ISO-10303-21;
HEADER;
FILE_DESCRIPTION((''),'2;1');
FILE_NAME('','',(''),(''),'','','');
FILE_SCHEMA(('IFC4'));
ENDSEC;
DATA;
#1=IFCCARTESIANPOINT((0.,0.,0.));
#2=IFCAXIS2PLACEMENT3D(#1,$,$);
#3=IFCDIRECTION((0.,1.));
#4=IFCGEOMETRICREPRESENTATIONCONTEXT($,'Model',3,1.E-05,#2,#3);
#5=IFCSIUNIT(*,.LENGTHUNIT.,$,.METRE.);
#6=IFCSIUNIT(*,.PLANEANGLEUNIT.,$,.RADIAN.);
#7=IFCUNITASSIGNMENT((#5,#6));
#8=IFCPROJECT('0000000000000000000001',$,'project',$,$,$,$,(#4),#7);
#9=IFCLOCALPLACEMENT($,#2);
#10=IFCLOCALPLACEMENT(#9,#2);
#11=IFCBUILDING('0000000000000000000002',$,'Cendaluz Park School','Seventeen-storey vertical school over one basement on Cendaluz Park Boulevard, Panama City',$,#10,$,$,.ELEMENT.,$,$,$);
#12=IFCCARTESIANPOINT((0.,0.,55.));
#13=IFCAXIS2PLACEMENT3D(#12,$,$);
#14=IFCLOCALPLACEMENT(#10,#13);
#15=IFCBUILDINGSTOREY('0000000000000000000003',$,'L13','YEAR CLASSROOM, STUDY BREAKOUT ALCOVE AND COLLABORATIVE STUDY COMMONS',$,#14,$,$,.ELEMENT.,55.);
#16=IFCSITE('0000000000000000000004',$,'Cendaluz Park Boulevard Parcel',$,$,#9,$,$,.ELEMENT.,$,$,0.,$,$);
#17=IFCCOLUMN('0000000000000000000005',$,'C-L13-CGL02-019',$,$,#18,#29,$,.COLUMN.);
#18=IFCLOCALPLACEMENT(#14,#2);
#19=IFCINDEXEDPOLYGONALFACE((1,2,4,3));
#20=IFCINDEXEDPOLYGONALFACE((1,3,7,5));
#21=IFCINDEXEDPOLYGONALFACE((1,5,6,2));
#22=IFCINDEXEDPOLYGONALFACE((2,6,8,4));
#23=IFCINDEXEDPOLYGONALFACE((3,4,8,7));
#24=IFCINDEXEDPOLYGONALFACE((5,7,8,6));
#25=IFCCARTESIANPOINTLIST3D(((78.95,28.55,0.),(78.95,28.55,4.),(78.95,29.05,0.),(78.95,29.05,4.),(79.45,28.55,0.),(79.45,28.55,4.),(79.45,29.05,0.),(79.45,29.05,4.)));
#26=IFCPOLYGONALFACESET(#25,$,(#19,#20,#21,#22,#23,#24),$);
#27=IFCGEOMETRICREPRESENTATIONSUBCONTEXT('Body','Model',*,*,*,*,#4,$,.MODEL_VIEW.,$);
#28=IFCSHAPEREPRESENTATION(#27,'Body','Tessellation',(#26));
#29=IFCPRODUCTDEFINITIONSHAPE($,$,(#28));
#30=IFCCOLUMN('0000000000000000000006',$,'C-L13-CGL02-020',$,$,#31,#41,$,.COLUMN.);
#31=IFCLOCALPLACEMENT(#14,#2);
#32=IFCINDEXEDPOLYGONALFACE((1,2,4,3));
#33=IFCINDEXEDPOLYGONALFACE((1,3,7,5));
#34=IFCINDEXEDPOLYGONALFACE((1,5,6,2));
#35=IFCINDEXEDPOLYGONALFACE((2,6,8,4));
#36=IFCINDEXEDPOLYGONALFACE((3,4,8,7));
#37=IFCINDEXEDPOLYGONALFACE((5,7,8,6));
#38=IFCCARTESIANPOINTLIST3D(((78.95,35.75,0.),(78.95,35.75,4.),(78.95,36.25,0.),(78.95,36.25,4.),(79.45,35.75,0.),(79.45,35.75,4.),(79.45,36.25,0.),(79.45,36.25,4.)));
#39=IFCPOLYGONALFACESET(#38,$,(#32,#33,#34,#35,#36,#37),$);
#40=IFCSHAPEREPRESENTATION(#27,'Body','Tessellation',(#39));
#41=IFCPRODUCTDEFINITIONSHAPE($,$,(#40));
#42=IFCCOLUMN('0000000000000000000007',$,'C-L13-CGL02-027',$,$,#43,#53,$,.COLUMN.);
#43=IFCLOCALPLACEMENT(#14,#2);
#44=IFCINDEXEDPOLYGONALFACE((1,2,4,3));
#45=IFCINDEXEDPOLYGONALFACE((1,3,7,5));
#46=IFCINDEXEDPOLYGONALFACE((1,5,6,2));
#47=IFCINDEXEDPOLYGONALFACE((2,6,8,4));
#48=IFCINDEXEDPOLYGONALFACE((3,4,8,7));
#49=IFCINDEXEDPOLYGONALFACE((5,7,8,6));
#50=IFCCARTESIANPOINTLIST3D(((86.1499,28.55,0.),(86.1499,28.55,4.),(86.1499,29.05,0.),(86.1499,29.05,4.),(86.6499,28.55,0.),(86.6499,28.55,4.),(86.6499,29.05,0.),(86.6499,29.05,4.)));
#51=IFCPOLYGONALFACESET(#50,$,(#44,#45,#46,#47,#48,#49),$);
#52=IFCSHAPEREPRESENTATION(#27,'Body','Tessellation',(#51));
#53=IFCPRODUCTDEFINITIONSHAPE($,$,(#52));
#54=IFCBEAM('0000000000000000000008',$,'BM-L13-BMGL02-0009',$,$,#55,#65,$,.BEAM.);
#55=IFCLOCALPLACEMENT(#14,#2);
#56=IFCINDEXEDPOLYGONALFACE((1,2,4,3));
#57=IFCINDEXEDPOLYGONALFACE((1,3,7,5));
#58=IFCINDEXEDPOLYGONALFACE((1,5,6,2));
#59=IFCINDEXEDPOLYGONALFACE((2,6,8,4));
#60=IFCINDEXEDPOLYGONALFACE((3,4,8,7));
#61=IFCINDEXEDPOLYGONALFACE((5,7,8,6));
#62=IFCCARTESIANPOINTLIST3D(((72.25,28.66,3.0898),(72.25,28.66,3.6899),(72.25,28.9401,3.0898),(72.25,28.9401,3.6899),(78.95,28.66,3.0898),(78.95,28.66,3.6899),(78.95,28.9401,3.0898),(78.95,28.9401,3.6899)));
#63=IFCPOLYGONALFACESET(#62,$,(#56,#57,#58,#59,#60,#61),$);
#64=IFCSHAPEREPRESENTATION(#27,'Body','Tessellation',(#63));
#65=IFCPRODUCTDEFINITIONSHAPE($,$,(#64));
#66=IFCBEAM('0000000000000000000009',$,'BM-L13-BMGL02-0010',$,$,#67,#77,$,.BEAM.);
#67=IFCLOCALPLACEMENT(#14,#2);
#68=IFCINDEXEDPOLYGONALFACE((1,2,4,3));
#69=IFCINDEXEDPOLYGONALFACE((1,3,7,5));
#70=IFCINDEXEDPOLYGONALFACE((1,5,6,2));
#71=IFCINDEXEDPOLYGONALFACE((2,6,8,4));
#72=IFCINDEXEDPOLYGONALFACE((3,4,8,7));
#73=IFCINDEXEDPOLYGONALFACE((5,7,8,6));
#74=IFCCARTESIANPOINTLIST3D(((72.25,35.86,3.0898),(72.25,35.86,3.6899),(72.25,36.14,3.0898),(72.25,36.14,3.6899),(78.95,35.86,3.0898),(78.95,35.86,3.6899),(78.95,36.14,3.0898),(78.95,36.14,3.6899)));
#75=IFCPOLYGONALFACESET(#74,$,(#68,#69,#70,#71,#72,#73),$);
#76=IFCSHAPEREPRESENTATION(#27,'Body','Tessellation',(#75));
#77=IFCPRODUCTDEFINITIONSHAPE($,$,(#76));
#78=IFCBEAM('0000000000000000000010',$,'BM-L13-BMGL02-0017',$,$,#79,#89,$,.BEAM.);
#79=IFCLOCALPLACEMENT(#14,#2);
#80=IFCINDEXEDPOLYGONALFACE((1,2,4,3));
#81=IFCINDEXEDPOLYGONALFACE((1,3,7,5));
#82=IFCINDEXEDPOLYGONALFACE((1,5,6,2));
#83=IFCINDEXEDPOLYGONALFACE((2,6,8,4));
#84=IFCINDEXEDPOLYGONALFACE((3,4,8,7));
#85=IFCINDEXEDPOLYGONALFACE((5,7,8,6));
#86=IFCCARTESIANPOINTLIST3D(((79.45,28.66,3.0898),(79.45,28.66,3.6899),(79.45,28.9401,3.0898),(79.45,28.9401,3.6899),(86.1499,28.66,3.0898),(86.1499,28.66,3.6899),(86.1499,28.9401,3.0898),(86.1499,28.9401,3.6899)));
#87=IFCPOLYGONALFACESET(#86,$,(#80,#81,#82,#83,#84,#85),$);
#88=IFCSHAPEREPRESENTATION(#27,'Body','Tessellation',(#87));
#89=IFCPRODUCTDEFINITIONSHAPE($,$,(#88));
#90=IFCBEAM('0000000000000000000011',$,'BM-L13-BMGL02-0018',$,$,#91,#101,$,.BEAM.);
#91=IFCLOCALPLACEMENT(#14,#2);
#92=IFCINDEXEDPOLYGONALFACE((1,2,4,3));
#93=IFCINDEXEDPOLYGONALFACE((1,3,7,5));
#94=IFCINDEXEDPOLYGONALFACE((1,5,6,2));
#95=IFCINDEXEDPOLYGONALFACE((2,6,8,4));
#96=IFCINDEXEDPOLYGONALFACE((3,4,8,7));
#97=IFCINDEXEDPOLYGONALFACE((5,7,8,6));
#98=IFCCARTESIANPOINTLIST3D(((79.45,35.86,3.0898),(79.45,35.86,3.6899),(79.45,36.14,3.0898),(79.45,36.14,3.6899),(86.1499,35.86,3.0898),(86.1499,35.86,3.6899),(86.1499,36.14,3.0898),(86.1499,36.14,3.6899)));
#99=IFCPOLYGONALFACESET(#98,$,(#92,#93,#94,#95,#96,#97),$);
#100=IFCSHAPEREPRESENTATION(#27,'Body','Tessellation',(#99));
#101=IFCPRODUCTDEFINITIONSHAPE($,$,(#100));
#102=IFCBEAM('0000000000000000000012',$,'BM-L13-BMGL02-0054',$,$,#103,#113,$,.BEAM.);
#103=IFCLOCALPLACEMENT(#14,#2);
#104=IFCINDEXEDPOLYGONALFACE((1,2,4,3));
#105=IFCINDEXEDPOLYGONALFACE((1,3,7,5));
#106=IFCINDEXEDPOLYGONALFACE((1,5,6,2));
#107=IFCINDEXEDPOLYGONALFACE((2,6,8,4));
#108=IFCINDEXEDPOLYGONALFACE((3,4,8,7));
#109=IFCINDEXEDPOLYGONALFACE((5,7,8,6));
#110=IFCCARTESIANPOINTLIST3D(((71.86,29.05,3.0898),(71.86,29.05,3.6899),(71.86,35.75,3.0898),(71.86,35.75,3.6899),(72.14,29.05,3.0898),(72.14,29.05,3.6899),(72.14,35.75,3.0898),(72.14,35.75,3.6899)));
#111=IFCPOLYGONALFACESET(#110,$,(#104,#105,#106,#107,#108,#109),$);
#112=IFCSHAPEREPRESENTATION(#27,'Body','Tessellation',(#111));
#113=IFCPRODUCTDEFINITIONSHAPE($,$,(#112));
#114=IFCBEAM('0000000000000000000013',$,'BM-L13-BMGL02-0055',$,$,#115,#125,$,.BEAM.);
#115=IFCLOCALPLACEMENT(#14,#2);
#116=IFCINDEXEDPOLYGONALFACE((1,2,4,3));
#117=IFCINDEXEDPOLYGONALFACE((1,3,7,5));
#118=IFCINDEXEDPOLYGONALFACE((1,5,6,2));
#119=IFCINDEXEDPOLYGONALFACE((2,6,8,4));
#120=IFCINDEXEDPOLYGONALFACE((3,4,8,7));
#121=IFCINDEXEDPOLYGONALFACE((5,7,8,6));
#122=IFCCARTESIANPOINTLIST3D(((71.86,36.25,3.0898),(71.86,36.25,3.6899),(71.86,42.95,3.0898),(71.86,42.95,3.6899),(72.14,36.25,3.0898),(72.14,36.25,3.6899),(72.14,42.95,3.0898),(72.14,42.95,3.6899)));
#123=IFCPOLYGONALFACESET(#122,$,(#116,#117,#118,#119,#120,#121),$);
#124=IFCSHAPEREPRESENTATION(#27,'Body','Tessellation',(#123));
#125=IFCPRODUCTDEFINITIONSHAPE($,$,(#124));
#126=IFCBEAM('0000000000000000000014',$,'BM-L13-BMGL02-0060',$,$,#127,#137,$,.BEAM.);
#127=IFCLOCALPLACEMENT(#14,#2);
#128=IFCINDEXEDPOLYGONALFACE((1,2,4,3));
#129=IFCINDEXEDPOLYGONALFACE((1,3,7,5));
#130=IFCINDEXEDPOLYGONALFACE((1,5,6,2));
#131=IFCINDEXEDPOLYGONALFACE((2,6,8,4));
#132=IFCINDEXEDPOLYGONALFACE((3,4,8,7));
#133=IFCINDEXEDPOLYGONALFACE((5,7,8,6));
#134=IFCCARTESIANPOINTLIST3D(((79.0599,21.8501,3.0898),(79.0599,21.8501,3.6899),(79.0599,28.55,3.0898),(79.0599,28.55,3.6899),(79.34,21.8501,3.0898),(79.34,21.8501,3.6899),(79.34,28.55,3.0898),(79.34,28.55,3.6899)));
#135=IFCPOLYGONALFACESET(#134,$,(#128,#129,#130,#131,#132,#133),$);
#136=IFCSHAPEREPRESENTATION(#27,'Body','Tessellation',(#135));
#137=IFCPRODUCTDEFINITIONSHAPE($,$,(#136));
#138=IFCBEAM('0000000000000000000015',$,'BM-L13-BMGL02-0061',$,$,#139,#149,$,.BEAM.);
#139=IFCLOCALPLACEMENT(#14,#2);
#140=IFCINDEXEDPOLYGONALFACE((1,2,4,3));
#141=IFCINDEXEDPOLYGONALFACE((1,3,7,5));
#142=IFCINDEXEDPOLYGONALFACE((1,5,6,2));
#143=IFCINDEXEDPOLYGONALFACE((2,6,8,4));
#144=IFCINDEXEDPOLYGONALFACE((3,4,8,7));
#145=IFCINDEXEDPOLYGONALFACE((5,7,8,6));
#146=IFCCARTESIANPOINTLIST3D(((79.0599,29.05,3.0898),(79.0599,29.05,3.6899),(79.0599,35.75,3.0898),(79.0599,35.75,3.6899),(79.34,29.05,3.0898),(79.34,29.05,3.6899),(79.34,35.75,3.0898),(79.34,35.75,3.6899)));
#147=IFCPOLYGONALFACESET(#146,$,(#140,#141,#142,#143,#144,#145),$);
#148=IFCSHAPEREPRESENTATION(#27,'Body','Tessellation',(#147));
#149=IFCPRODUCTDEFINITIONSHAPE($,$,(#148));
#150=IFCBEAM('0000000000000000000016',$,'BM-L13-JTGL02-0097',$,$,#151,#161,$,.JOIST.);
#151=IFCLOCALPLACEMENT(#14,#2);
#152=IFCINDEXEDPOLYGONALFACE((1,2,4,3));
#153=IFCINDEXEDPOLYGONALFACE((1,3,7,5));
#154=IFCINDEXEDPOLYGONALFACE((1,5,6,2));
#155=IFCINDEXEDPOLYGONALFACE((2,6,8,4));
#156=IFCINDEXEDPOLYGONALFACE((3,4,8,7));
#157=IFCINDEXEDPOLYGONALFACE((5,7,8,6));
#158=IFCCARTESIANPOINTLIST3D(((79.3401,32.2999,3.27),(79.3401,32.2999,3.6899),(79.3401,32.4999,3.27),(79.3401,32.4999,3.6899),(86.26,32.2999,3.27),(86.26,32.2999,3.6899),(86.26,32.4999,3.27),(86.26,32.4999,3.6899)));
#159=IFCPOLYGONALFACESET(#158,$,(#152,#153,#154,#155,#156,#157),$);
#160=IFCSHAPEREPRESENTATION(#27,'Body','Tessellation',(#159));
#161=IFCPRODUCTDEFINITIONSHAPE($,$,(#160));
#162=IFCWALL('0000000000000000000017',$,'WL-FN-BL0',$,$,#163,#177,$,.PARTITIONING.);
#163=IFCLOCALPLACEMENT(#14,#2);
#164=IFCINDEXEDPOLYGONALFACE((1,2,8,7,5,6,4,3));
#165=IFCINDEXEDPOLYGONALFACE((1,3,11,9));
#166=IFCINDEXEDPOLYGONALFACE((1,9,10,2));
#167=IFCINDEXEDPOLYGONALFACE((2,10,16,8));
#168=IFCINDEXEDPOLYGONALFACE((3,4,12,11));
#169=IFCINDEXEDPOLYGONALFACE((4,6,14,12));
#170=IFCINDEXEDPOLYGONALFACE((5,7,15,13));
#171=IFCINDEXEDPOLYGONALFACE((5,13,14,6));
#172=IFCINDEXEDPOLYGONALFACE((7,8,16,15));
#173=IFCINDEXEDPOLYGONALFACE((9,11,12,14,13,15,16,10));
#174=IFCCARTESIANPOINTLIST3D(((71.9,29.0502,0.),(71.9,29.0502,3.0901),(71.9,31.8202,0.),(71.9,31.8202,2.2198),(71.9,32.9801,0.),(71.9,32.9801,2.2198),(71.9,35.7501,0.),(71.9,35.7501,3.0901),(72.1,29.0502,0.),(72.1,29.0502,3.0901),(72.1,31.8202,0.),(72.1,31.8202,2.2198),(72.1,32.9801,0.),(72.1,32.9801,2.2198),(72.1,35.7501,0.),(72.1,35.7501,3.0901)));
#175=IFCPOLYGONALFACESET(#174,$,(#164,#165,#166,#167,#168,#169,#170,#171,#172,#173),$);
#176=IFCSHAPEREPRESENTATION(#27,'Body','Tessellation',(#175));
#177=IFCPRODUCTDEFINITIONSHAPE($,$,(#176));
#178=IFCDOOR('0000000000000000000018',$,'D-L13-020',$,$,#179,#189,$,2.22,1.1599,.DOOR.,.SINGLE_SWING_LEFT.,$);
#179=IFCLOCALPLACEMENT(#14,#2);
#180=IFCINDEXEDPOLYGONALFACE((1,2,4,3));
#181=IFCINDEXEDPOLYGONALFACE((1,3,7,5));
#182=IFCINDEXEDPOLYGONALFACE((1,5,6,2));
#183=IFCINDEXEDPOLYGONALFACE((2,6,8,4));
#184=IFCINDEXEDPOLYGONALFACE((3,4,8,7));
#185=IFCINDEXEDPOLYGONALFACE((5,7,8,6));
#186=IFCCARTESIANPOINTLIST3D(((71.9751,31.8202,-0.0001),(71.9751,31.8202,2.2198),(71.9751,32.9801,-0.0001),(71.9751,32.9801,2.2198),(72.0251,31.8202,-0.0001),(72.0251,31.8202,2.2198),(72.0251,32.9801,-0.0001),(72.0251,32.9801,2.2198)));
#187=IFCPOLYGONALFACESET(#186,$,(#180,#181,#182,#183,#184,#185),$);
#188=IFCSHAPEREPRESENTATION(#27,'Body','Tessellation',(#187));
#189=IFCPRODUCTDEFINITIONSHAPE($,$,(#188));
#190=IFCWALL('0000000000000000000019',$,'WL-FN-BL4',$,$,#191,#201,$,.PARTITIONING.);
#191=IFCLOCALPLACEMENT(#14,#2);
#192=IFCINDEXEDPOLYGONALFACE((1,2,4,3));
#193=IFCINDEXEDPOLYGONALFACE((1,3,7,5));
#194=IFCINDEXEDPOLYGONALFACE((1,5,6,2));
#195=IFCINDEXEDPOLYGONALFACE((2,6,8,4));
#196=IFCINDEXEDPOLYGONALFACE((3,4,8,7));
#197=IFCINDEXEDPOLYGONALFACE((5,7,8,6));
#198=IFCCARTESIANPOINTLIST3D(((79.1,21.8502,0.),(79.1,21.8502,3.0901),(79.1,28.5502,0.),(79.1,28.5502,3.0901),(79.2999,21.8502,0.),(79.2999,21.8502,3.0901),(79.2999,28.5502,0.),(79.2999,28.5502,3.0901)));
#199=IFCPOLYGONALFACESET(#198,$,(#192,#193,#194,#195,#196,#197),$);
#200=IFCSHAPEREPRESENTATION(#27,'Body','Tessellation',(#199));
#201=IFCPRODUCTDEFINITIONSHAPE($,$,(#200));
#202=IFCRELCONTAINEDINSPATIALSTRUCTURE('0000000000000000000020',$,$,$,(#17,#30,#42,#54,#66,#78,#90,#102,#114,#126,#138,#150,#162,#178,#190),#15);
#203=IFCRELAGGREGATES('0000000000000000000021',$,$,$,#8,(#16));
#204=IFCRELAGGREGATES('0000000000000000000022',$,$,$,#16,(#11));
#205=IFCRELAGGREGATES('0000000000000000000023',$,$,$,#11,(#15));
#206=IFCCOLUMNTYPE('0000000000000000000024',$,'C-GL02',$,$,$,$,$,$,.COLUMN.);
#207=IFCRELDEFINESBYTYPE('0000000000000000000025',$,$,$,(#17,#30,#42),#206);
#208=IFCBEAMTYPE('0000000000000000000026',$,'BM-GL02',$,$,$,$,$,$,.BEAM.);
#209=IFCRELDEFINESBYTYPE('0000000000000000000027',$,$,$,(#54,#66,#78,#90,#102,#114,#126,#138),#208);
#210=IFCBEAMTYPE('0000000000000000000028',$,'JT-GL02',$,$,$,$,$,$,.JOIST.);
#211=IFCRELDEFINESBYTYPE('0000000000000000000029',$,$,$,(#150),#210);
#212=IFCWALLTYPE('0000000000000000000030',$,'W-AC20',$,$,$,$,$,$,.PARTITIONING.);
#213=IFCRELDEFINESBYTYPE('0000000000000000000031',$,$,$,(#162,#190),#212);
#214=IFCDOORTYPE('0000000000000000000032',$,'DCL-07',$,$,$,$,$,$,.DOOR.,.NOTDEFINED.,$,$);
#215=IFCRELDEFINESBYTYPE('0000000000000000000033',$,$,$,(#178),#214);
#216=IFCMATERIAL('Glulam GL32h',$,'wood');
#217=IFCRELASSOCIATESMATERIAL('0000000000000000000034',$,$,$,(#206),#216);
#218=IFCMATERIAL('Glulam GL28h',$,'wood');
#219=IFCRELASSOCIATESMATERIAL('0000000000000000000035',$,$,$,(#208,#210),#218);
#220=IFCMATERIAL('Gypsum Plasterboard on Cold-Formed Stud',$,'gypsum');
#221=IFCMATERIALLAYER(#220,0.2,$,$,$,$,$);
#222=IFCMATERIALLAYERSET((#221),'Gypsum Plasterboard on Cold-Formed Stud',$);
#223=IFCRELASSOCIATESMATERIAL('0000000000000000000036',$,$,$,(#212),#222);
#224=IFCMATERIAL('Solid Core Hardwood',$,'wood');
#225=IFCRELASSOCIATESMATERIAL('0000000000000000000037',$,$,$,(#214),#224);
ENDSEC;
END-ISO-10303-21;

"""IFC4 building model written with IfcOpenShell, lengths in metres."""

from ifc_helpers import new_model, si_unit, direction, frame, frame_2d, origin, origin_2d, place, context, subcontext, project, spatial, rectangle, extrude, material, layer, layer_set, material_profile, profile_set, type_object, element, fill, save


model = new_model("IFC4")

# Units and contexts
model_context = context("Model", 3, precision=1e-05, world=origin(), true_north=direction((0.0, 1.0)))
body_context = subcontext(model_context, "Body", "Model", "MODEL_VIEW")
ifc_project = project(units=[si_unit("LENGTHUNIT", "METRE"), si_unit("PLANEANGLEUNIT", "RADIAN")], contexts=[model_context])

# Site, building, storey
site_placement = place(None, origin())
site = spatial("IfcSite", under=ifc_project, at=site_placement, Name="Cendaluz Park Boulevard Parcel", CompositionType="ELEMENT", RefElevation=0.0)
building_placement = place(site_placement, origin())
building = spatial("IfcBuilding", under=site, at=building_placement, Name="Cendaluz Park School", Description="Seventeen-storey vertical school over one basement on Cendaluz Park Boulevard, Panama City", CompositionType="ELEMENT")
storey_placement = place(building_placement, frame((0.0, 0.0, 55.0)))
storey = spatial("IfcBuildingStorey", under=building, at=storey_placement, Name="L13", Description="YEAR CLASSROOM, STUDY BREAKOUT ALCOVE AND COLLABORATIVE STUDY COMMONS", CompositionType="ELEMENT", Elevation=55.0)

# Columns
ifc_material_1 = material(Name="Glulam GL32h", Category="wood")
ifc_material_profile_1 = material_profile(ifc_material_1, rectangle(XDim=0.5, YDim=0.5, at=origin_2d()), Name="GL32h 500x500", Category="wood")
ifc_profile_set_1 = profile_set([ifc_material_profile_1], Name="Glulam GL32h")
column_type = type_object("IfcColumnType", Name="C-GL02", PredefinedType="COLUMN", material=ifc_profile_set_1)
for number, where, z_axis, x_axis, name in (
    (1, (79.2, 28.8, 0.0), (0.0, 0.0, 1.0), (1.0, 0.0, 0.0), "C-L13-CGL02-019"),
    (2, (79.2, 36.0, 0.0), (0.0, 0.0, 1.0), (1.0, 0.0, 0.0), "C-L13-CGL02-020"),
    (3, (86.3999, 28.8, 0.0), (0.0, 0.0, 1.0), (1.0, 0.0, 0.0), "C-L13-CGL02-027"),
):
    element("IfcColumn", number, at=place(storey_placement, frame(where, z_axis=z_axis, x_axis=x_axis)), inside=storey, type_object=column_type, Name=name, PredefinedType="COLUMN", context=body_context, shape_type="SweptSolid", body=[
        extrude(rectangle(XDim=0.5, YDim=0.5, at=origin_2d()), origin(), (0.0, 0.0, 1.0), 4.0),
    ])

# Beams
ifc_material_2 = material(Name="Glulam GL28h", Category="wood")
ifc_material_profile_2 = material_profile(ifc_material_2, rectangle(XDim=0.28, YDim=0.6001, at=origin_2d()), Name="GL28h 280x600", Category="wood")
ifc_profile_set_2 = profile_set([ifc_material_profile_2], Name="Glulam GL28h")
beam_type_1 = type_object("IfcBeamType", Name="BM-GL02", PredefinedType="BEAM", material=ifc_profile_set_2)
for number, where, z_axis, x_axis, name in (
    (4, (72.25, 28.8, 3.3899), (1.0, 0.0, 0.0), (0.0, 1.0, 0.0), "BM-L13-BMGL02-0009"),
    (5, (72.25, 36.0, 3.3899), (1.0, 0.0, 0.0), (0.0, 1.0, 0.0), "BM-L13-BMGL02-0010"),
    (6, (79.45, 28.8, 3.3899), (1.0, 0.0, 0.0), (0.0, 1.0, 0.0), "BM-L13-BMGL02-0017"),
    (7, (79.45, 36.0, 3.3899), (1.0, 0.0, 0.0), (0.0, 1.0, 0.0), "BM-L13-BMGL02-0018"),
    (8, (72.0, 29.05, 3.3899), (0.0, 1.0, 0.0), (-1.0, 0.0, 0.0), "BM-L13-BMGL02-0054"),
    (9, (72.0, 36.25, 3.3899), (0.0, 1.0, 0.0), (-1.0, 0.0, 0.0), "BM-L13-BMGL02-0055"),
    (10, (79.2, 21.8501, 3.3899), (0.0, 1.0, 0.0), (-1.0, 0.0, 0.0), "BM-L13-BMGL02-0060"),
    (11, (79.2, 29.05, 3.3899), (0.0, 1.0, 0.0), (-1.0, 0.0, 0.0), "BM-L13-BMGL02-0061"),
):
    element("IfcBeam", number, at=place(storey_placement, frame(where, z_axis=z_axis, x_axis=x_axis)), inside=storey, type_object=beam_type_1, Name=name, PredefinedType="BEAM", context=body_context, shape_type="SweptSolid", body=[
        extrude(rectangle(XDim=0.28, YDim=0.6001, at=origin_2d()), origin(), (0.0, 0.0, 1.0), 6.7),
    ])
ifc_material_profile_3 = material_profile(ifc_material_2, rectangle(XDim=0.2, YDim=0.4199, at=origin_2d()), Name="GL28h 200x420", Category="wood")
ifc_profile_set_3 = profile_set([ifc_material_profile_3], Name="Glulam GL28h")
beam_type_2 = type_object("IfcBeamType", Name="JT-GL02", PredefinedType="JOIST", material=ifc_profile_set_3)
beam_placement = place(storey_placement, frame((79.3401, 32.3999, 3.48), z_axis=(1.0, 0.0, 0.0), x_axis=(0.0, 1.0, 0.0)))
element("IfcBeam", 12, at=beam_placement, inside=storey, type_object=beam_type_2, Name="BM-L13-JTGL02-0097", PredefinedType="JOIST", context=body_context, shape_type="SweptSolid", body=[
    extrude(rectangle(XDim=0.2, YDim=0.4199, at=origin_2d()), origin(), (0.0, 0.0, 1.0), 6.9199),
])

# Wall, opening, door
ifc_material_3 = material(Name="Gypsum Plasterboard on Cold-Formed Stud", Category="gypsum")
ifc_layer_1 = layer(ifc_material_3, 0.2)
ifc_layer_set_1 = layer_set([ifc_layer_1], Name="Gypsum Plasterboard on Cold-Formed Stud")
wall_type_1 = type_object("IfcWallType", Name="W-AC20", PredefinedType="PARTITIONING", material=ifc_layer_set_1)
wall_1_placement = place(storey_placement, frame((72.0, 29.05, 0.0), z_axis=(0.0, 0.0, 1.0), x_axis=(0.0, 1.0, 0.0)))
wall_1 = element("IfcWall", 13, at=wall_1_placement, inside=storey, type_object=wall_type_1, Name="WL-FN-BL0", PredefinedType="PARTITIONING", context=body_context, shape_type="SweptSolid", body=[
    extrude(rectangle(XDim=6.7, YDim=0.2, at=frame_2d((3.3501, 0.0))), origin(), (0.0, 0.0, 1.0), 3.0901),
])
opening_1_placement = place(wall_1_placement, frame((2.77, 0.0, 0.0)))
opening_1 = element("IfcOpeningElement", 14, at=opening_1_placement, cuts=wall_1, PredefinedType="OPENING", context=body_context, shape_type="SweptSolid", body=[
    extrude(rectangle(XDim=1.1599, YDim=2.22, at=frame_2d((0.5801, 1.1099))), frame((0.0, 0.1121, 0.0), z_axis=(0.0, -1.0, 0.0), x_axis=(1.0, 0.0, 0.0)), (0.0, 0.0, 1.0), 0.2239),
])
ifc_material_4 = material(Name="Solid Core Hardwood", Category="wood")
door_type_1 = type_object("IfcDoorType", Name="DCL-07", OperationType="NOTDEFINED", PredefinedType="DOOR", material=ifc_material_4)
door_1_placement = place(opening_1_placement, origin())
door_1 = element("IfcDoor", 15, at=door_1_placement, inside=storey, type_object=door_type_1, Name="D-L13-020", OperationType="SINGLE_SWING_LEFT", OverallHeight=2.22, OverallWidth=1.1599, PredefinedType="DOOR", context=body_context, shape_type="SweptSolid", body=[
    extrude(rectangle(XDim=1.1599, YDim=2.22, at=frame_2d((0.5801, 1.1099))), frame((0.0, 0.0249, 0.0), z_axis=(0.0, -1.0, 0.0), x_axis=(1.0, 0.0, 0.0)), (0.0, 0.0, 1.0), 0.05),
])
fill(opening_1, door_1)

# Wall
wall_2_placement = place(storey_placement, frame((79.2, 21.8501, 0.0), z_axis=(0.0, 0.0, 1.0), x_axis=(0.0, 1.0, 0.0)))
element("IfcWall", 16, at=wall_2_placement, inside=storey, type_object=wall_type_1, Name="WL-FN-BL4", PredefinedType="PARTITIONING", context=body_context, shape_type="SweptSolid", body=[
    extrude(rectangle(XDim=6.7, YDim=0.2, at=frame_2d((3.3501, 0.0))), origin(), (0.0, 0.0, 1.0), 3.0901),
])

save(model, "model.ifc")
